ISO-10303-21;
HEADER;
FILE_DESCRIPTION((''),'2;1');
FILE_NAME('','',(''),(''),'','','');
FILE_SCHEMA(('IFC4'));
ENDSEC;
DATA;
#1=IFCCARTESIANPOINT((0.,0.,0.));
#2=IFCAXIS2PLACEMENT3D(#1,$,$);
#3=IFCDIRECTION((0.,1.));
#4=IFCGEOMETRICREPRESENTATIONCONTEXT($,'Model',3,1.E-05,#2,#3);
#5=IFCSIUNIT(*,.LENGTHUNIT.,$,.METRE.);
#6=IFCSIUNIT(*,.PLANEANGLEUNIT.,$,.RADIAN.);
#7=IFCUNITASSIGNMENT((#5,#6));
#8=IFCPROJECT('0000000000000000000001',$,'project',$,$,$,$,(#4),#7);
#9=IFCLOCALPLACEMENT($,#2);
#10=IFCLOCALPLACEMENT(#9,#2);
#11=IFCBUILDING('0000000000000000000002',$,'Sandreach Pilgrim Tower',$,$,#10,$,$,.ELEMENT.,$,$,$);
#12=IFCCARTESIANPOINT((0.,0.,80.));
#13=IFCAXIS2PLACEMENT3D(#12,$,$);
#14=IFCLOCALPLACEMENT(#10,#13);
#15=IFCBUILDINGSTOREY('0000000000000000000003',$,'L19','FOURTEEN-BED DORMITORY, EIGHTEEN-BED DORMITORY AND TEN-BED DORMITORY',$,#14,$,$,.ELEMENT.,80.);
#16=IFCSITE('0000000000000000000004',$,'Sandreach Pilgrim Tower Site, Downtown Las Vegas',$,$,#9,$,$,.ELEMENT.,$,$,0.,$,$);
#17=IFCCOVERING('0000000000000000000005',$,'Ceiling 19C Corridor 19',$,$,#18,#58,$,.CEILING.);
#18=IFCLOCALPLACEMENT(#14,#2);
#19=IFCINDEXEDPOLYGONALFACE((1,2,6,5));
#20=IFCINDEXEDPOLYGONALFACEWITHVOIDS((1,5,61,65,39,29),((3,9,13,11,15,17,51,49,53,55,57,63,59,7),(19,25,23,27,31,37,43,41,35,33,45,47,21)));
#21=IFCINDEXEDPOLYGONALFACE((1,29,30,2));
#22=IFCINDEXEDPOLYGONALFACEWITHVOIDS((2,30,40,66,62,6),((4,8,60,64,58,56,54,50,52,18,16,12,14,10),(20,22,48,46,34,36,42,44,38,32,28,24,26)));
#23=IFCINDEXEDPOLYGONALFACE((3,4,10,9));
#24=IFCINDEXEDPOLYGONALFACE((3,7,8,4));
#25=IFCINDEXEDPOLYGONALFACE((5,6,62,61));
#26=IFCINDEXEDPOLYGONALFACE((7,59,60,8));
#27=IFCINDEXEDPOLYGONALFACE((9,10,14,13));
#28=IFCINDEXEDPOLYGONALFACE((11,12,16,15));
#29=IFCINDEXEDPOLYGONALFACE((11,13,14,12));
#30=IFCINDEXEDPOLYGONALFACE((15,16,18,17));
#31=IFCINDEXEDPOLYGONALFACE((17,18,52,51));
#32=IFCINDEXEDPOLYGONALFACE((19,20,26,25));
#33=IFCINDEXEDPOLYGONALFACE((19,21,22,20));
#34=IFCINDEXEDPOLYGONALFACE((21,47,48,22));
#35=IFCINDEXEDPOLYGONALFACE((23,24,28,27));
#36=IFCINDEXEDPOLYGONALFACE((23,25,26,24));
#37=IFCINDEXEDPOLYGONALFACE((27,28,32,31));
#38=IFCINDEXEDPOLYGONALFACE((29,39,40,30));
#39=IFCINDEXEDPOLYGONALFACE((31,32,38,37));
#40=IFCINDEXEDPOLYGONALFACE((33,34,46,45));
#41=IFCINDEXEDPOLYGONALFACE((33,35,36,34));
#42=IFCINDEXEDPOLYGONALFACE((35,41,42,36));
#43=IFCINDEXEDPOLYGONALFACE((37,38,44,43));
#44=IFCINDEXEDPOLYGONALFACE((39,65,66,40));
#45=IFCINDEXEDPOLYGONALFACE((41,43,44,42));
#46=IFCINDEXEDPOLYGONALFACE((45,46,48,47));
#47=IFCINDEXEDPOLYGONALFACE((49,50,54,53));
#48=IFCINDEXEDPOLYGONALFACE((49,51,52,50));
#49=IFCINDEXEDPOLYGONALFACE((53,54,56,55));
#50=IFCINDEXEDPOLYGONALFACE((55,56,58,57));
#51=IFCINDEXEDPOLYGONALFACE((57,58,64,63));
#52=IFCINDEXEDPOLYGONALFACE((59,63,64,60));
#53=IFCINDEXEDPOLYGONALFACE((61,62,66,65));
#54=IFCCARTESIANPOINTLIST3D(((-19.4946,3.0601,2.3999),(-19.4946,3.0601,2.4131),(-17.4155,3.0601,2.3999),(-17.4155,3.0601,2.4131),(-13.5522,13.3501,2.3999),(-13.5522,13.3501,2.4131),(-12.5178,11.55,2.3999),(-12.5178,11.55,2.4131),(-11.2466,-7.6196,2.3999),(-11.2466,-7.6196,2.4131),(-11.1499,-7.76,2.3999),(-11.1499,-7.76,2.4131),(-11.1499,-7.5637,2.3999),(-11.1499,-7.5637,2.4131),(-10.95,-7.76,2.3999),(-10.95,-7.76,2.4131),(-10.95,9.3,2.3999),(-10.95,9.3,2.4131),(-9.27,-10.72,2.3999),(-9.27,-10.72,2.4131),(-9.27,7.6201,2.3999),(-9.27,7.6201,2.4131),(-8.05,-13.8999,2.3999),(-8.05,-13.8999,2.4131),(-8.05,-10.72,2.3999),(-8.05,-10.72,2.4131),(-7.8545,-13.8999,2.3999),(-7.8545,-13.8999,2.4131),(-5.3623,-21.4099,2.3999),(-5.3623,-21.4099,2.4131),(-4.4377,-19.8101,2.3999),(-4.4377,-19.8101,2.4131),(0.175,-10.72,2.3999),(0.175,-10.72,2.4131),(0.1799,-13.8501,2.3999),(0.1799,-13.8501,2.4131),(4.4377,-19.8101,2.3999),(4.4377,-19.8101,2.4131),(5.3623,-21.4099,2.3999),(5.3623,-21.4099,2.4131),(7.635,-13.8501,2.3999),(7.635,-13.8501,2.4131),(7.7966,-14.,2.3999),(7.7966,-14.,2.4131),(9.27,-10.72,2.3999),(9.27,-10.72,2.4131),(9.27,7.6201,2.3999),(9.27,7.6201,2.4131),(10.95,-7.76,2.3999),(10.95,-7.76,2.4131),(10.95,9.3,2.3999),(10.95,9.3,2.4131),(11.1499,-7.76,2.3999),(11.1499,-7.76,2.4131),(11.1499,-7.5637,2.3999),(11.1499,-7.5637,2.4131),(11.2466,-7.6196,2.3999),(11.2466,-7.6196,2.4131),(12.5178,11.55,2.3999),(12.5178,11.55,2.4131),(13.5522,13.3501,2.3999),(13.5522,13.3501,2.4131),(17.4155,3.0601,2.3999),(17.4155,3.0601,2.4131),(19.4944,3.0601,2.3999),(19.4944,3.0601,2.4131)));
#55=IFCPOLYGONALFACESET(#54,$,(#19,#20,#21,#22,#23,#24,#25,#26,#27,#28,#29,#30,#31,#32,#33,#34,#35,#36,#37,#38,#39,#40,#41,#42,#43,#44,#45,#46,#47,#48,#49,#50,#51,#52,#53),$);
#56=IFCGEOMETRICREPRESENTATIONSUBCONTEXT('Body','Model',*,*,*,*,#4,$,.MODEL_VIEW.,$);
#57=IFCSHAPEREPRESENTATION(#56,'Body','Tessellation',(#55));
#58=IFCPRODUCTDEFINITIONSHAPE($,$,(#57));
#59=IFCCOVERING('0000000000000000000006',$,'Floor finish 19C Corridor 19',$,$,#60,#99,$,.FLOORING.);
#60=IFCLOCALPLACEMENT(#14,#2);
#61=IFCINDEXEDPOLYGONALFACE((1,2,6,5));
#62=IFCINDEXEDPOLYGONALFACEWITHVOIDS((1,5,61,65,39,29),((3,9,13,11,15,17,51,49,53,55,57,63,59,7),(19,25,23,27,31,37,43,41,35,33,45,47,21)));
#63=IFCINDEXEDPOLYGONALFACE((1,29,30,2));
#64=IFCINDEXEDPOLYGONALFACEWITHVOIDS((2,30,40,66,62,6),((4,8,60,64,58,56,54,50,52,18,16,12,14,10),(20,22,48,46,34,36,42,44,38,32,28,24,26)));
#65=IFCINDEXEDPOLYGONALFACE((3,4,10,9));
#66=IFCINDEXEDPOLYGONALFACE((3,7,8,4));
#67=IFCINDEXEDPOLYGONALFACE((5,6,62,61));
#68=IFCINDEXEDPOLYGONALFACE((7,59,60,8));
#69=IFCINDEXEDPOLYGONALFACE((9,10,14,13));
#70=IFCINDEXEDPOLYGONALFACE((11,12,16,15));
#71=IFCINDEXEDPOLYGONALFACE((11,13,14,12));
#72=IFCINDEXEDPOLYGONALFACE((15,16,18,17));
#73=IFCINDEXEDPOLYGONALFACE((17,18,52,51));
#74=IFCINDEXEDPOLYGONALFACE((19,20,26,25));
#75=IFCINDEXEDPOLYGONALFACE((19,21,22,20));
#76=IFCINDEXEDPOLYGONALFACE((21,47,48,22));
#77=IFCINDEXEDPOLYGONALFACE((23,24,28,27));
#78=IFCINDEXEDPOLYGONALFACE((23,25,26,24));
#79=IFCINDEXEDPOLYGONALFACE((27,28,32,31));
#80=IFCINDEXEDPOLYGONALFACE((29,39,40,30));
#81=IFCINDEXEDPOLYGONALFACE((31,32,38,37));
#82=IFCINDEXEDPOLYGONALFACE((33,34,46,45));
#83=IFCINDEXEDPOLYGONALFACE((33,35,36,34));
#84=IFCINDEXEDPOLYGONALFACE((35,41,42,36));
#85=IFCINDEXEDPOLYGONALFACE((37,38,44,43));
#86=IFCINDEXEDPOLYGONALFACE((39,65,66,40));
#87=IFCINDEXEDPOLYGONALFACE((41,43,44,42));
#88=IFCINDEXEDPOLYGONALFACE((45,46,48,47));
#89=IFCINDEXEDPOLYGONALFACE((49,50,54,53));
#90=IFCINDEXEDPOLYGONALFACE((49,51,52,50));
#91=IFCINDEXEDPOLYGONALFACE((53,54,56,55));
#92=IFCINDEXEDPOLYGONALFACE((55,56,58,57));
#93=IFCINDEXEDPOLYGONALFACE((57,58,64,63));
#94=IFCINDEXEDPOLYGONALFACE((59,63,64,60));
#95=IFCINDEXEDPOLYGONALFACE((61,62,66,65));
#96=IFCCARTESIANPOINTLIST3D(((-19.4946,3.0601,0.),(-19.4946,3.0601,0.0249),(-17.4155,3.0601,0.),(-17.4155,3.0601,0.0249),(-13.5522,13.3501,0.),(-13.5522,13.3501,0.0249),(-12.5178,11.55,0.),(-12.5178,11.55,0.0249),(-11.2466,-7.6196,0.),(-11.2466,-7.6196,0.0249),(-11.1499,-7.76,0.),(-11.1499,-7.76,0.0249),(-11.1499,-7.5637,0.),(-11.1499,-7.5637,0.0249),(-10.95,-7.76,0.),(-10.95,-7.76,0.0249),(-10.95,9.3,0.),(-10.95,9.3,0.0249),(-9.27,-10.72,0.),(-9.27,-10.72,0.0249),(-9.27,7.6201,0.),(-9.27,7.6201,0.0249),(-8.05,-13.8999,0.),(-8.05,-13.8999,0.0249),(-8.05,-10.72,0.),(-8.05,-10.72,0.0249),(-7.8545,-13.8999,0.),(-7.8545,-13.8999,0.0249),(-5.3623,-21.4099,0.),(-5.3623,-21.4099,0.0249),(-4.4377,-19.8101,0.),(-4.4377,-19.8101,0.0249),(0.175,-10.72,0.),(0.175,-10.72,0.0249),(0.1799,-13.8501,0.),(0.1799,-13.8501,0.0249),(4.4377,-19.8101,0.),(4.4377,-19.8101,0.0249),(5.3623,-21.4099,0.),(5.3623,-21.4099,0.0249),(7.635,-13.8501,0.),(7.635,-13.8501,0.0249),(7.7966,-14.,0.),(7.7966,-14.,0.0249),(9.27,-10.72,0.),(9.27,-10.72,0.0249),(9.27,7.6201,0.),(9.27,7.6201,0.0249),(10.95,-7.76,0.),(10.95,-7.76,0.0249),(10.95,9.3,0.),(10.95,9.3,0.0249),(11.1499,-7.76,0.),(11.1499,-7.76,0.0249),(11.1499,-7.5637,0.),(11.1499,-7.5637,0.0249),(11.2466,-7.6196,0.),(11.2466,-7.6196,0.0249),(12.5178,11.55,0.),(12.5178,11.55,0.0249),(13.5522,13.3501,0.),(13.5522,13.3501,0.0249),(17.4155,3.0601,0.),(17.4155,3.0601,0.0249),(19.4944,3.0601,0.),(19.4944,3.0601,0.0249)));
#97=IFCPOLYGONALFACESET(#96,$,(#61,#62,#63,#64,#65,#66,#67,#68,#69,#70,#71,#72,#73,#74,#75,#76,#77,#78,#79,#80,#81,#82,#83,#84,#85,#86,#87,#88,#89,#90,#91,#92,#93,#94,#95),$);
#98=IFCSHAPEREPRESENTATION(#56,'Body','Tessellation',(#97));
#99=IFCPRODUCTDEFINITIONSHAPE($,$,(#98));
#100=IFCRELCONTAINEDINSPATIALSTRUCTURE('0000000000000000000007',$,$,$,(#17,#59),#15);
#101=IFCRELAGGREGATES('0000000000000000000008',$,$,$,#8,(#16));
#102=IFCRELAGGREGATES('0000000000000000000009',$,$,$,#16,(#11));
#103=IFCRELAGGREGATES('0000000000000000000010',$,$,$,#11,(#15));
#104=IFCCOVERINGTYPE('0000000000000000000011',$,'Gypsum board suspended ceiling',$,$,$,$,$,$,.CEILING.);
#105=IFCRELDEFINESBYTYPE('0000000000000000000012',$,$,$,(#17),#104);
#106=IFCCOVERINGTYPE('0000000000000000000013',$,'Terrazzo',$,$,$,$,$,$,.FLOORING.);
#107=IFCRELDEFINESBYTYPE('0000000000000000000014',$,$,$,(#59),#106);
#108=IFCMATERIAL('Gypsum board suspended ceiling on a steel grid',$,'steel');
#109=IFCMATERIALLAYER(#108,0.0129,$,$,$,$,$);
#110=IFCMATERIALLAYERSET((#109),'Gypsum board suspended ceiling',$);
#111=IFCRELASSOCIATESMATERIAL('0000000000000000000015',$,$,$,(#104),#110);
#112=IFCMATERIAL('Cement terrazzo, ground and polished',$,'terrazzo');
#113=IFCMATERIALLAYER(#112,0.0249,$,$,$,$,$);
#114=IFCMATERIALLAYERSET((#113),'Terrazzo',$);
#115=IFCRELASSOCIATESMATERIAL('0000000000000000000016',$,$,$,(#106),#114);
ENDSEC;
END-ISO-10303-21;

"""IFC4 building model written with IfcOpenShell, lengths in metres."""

from ifc_helpers import new_model, si_unit, direction, frame, origin, place, context, subcontext, project, spatial, polyline, outline, extrude, material, layer, layer_set, type_object, element, save


model = new_model("IFC4")

# Units and contexts
model_context = context("Model", 3, precision=1e-05, world=origin(), true_north=direction((0.0, 1.0)))
body_context = subcontext(model_context, "Body", "Model", "MODEL_VIEW")
ifc_project = project(units=[si_unit("LENGTHUNIT", "METRE"), si_unit("PLANEANGLEUNIT", "RADIAN")], contexts=[model_context])

# Site, building, storey
site_placement = place(None, origin())
site = spatial("IfcSite", under=ifc_project, at=site_placement, Name="Sandreach Pilgrim Tower Site, Downtown Las Vegas", CompositionType="ELEMENT", RefElevation=0.0)
building_placement = place(site_placement, origin())
building = spatial("IfcBuilding", under=site, at=building_placement, Name="Sandreach Pilgrim Tower", CompositionType="ELEMENT")
storey_placement = place(building_placement, frame((0.0, 0.0, 80.0)))
storey = spatial("IfcBuildingStorey", under=building, at=storey_placement, Name="L19", Description="FOURTEEN-BED DORMITORY, EIGHTEEN-BED DORMITORY AND TEN-BED DORMITORY", CompositionType="ELEMENT", Elevation=80.0)

# Coverings
ifc_material_1 = material(Name="Gypsum board suspended ceiling on a steel grid", Category="steel")
ifc_layer_1 = layer(ifc_material_1, 0.0129)
ifc_layer_set_1 = layer_set([ifc_layer_1], Name="Gypsum board suspended ceiling")
covering_type_1 = type_object("IfcCoveringType", Name="Gypsum board suspended ceiling", PredefinedType="CEILING", material=ifc_layer_set_1)
covering_1_placement = place(storey_placement, frame((0.0, 0.0, 2.3999)))
element("IfcCovering", 1, at=covering_1_placement, inside=storey, type_object=covering_type_1, Name="Ceiling 19C Corridor 19", PredefinedType="CEILING", context=body_context, shape_type="SweptSolid", body=[
    extrude(outline(polyline([(-19.4946, 3.0601), (-13.5522, 13.3501), (13.5522, 13.3501), (19.4944, 3.0601), (5.3623, -21.4099), (-5.3623, -21.4099), (-19.4946, 3.0601)]), holes=[polyline([(-17.4155, 3.0601), (-11.2466, -7.6196), (-11.1499, -7.5637), (-11.1499, -7.76), (-10.95, -7.76), (-10.95, 9.3), (10.95, 9.3), (10.95, -7.76), (11.1499, -7.76), (11.1499, -7.5637), (11.2466, -7.6196), (17.4155, 3.0601), (12.5178, 11.55), (-12.5178, 11.55), (-17.4155, 3.0601)]), polyline([(-8.05, -10.72), (-8.05, -13.8999), (-7.8545, -13.8999), (-4.4377, -19.8101), (4.4377, -19.8101), (7.7966, -14.0), (7.635, -13.8501), (0.1799, -13.8501), (0.175, -10.72), (9.27, -10.72), (9.27, 7.6201), (-9.27, 7.6201), (-9.27, -10.72), (-8.05, -10.72)])]), origin(), (0.0, 0.0, 1.0), 0.0132),
])
ifc_material_2 = material(Name="Cement terrazzo, ground and polished", Category="terrazzo")
ifc_layer_2 = layer(ifc_material_2, 0.0249)
ifc_layer_set_2 = layer_set([ifc_layer_2], Name="Terrazzo")
covering_type_2 = type_object("IfcCoveringType", Name="Terrazzo", PredefinedType="FLOORING", material=ifc_layer_set_2)
covering_2_placement = place(storey_placement, origin())
element("IfcCovering", 2, at=covering_2_placement, inside=storey, type_object=covering_type_2, Name="Floor finish 19C Corridor 19", PredefinedType="FLOORING", context=body_context, shape_type="SweptSolid", body=[
    extrude(outline(polyline([(-19.4946, 3.0601), (-13.5522, 13.3501), (13.5522, 13.3501), (19.4944, 3.0601), (5.3623, -21.4099), (-5.3623, -21.4099), (-19.4946, 3.0601)]), holes=[polyline([(-17.4155, 3.0601), (-11.2466, -7.6196), (-11.1499, -7.5637), (-11.1499, -7.76), (-10.95, -7.76), (-10.95, 9.3), (10.95, 9.3), (10.95, -7.76), (11.1499, -7.76), (11.1499, -7.5637), (11.2466, -7.6196), (17.4155, 3.0601), (12.5178, 11.55), (-12.5178, 11.55), (-17.4155, 3.0601)]), polyline([(-8.05, -10.72), (-8.05, -13.8999), (-7.8545, -13.8999), (-4.4377, -19.8101), (4.4377, -19.8101), (7.7966, -14.0), (7.635, -13.8501), (0.1799, -13.8501), (0.175, -10.72), (9.27, -10.72), (9.27, 7.6201), (-9.27, 7.6201), (-9.27, -10.72), (-8.05, -10.72)])]), origin(), (0.0, 0.0, 1.0), 0.0249),
])

save(model, "model.ifc")
